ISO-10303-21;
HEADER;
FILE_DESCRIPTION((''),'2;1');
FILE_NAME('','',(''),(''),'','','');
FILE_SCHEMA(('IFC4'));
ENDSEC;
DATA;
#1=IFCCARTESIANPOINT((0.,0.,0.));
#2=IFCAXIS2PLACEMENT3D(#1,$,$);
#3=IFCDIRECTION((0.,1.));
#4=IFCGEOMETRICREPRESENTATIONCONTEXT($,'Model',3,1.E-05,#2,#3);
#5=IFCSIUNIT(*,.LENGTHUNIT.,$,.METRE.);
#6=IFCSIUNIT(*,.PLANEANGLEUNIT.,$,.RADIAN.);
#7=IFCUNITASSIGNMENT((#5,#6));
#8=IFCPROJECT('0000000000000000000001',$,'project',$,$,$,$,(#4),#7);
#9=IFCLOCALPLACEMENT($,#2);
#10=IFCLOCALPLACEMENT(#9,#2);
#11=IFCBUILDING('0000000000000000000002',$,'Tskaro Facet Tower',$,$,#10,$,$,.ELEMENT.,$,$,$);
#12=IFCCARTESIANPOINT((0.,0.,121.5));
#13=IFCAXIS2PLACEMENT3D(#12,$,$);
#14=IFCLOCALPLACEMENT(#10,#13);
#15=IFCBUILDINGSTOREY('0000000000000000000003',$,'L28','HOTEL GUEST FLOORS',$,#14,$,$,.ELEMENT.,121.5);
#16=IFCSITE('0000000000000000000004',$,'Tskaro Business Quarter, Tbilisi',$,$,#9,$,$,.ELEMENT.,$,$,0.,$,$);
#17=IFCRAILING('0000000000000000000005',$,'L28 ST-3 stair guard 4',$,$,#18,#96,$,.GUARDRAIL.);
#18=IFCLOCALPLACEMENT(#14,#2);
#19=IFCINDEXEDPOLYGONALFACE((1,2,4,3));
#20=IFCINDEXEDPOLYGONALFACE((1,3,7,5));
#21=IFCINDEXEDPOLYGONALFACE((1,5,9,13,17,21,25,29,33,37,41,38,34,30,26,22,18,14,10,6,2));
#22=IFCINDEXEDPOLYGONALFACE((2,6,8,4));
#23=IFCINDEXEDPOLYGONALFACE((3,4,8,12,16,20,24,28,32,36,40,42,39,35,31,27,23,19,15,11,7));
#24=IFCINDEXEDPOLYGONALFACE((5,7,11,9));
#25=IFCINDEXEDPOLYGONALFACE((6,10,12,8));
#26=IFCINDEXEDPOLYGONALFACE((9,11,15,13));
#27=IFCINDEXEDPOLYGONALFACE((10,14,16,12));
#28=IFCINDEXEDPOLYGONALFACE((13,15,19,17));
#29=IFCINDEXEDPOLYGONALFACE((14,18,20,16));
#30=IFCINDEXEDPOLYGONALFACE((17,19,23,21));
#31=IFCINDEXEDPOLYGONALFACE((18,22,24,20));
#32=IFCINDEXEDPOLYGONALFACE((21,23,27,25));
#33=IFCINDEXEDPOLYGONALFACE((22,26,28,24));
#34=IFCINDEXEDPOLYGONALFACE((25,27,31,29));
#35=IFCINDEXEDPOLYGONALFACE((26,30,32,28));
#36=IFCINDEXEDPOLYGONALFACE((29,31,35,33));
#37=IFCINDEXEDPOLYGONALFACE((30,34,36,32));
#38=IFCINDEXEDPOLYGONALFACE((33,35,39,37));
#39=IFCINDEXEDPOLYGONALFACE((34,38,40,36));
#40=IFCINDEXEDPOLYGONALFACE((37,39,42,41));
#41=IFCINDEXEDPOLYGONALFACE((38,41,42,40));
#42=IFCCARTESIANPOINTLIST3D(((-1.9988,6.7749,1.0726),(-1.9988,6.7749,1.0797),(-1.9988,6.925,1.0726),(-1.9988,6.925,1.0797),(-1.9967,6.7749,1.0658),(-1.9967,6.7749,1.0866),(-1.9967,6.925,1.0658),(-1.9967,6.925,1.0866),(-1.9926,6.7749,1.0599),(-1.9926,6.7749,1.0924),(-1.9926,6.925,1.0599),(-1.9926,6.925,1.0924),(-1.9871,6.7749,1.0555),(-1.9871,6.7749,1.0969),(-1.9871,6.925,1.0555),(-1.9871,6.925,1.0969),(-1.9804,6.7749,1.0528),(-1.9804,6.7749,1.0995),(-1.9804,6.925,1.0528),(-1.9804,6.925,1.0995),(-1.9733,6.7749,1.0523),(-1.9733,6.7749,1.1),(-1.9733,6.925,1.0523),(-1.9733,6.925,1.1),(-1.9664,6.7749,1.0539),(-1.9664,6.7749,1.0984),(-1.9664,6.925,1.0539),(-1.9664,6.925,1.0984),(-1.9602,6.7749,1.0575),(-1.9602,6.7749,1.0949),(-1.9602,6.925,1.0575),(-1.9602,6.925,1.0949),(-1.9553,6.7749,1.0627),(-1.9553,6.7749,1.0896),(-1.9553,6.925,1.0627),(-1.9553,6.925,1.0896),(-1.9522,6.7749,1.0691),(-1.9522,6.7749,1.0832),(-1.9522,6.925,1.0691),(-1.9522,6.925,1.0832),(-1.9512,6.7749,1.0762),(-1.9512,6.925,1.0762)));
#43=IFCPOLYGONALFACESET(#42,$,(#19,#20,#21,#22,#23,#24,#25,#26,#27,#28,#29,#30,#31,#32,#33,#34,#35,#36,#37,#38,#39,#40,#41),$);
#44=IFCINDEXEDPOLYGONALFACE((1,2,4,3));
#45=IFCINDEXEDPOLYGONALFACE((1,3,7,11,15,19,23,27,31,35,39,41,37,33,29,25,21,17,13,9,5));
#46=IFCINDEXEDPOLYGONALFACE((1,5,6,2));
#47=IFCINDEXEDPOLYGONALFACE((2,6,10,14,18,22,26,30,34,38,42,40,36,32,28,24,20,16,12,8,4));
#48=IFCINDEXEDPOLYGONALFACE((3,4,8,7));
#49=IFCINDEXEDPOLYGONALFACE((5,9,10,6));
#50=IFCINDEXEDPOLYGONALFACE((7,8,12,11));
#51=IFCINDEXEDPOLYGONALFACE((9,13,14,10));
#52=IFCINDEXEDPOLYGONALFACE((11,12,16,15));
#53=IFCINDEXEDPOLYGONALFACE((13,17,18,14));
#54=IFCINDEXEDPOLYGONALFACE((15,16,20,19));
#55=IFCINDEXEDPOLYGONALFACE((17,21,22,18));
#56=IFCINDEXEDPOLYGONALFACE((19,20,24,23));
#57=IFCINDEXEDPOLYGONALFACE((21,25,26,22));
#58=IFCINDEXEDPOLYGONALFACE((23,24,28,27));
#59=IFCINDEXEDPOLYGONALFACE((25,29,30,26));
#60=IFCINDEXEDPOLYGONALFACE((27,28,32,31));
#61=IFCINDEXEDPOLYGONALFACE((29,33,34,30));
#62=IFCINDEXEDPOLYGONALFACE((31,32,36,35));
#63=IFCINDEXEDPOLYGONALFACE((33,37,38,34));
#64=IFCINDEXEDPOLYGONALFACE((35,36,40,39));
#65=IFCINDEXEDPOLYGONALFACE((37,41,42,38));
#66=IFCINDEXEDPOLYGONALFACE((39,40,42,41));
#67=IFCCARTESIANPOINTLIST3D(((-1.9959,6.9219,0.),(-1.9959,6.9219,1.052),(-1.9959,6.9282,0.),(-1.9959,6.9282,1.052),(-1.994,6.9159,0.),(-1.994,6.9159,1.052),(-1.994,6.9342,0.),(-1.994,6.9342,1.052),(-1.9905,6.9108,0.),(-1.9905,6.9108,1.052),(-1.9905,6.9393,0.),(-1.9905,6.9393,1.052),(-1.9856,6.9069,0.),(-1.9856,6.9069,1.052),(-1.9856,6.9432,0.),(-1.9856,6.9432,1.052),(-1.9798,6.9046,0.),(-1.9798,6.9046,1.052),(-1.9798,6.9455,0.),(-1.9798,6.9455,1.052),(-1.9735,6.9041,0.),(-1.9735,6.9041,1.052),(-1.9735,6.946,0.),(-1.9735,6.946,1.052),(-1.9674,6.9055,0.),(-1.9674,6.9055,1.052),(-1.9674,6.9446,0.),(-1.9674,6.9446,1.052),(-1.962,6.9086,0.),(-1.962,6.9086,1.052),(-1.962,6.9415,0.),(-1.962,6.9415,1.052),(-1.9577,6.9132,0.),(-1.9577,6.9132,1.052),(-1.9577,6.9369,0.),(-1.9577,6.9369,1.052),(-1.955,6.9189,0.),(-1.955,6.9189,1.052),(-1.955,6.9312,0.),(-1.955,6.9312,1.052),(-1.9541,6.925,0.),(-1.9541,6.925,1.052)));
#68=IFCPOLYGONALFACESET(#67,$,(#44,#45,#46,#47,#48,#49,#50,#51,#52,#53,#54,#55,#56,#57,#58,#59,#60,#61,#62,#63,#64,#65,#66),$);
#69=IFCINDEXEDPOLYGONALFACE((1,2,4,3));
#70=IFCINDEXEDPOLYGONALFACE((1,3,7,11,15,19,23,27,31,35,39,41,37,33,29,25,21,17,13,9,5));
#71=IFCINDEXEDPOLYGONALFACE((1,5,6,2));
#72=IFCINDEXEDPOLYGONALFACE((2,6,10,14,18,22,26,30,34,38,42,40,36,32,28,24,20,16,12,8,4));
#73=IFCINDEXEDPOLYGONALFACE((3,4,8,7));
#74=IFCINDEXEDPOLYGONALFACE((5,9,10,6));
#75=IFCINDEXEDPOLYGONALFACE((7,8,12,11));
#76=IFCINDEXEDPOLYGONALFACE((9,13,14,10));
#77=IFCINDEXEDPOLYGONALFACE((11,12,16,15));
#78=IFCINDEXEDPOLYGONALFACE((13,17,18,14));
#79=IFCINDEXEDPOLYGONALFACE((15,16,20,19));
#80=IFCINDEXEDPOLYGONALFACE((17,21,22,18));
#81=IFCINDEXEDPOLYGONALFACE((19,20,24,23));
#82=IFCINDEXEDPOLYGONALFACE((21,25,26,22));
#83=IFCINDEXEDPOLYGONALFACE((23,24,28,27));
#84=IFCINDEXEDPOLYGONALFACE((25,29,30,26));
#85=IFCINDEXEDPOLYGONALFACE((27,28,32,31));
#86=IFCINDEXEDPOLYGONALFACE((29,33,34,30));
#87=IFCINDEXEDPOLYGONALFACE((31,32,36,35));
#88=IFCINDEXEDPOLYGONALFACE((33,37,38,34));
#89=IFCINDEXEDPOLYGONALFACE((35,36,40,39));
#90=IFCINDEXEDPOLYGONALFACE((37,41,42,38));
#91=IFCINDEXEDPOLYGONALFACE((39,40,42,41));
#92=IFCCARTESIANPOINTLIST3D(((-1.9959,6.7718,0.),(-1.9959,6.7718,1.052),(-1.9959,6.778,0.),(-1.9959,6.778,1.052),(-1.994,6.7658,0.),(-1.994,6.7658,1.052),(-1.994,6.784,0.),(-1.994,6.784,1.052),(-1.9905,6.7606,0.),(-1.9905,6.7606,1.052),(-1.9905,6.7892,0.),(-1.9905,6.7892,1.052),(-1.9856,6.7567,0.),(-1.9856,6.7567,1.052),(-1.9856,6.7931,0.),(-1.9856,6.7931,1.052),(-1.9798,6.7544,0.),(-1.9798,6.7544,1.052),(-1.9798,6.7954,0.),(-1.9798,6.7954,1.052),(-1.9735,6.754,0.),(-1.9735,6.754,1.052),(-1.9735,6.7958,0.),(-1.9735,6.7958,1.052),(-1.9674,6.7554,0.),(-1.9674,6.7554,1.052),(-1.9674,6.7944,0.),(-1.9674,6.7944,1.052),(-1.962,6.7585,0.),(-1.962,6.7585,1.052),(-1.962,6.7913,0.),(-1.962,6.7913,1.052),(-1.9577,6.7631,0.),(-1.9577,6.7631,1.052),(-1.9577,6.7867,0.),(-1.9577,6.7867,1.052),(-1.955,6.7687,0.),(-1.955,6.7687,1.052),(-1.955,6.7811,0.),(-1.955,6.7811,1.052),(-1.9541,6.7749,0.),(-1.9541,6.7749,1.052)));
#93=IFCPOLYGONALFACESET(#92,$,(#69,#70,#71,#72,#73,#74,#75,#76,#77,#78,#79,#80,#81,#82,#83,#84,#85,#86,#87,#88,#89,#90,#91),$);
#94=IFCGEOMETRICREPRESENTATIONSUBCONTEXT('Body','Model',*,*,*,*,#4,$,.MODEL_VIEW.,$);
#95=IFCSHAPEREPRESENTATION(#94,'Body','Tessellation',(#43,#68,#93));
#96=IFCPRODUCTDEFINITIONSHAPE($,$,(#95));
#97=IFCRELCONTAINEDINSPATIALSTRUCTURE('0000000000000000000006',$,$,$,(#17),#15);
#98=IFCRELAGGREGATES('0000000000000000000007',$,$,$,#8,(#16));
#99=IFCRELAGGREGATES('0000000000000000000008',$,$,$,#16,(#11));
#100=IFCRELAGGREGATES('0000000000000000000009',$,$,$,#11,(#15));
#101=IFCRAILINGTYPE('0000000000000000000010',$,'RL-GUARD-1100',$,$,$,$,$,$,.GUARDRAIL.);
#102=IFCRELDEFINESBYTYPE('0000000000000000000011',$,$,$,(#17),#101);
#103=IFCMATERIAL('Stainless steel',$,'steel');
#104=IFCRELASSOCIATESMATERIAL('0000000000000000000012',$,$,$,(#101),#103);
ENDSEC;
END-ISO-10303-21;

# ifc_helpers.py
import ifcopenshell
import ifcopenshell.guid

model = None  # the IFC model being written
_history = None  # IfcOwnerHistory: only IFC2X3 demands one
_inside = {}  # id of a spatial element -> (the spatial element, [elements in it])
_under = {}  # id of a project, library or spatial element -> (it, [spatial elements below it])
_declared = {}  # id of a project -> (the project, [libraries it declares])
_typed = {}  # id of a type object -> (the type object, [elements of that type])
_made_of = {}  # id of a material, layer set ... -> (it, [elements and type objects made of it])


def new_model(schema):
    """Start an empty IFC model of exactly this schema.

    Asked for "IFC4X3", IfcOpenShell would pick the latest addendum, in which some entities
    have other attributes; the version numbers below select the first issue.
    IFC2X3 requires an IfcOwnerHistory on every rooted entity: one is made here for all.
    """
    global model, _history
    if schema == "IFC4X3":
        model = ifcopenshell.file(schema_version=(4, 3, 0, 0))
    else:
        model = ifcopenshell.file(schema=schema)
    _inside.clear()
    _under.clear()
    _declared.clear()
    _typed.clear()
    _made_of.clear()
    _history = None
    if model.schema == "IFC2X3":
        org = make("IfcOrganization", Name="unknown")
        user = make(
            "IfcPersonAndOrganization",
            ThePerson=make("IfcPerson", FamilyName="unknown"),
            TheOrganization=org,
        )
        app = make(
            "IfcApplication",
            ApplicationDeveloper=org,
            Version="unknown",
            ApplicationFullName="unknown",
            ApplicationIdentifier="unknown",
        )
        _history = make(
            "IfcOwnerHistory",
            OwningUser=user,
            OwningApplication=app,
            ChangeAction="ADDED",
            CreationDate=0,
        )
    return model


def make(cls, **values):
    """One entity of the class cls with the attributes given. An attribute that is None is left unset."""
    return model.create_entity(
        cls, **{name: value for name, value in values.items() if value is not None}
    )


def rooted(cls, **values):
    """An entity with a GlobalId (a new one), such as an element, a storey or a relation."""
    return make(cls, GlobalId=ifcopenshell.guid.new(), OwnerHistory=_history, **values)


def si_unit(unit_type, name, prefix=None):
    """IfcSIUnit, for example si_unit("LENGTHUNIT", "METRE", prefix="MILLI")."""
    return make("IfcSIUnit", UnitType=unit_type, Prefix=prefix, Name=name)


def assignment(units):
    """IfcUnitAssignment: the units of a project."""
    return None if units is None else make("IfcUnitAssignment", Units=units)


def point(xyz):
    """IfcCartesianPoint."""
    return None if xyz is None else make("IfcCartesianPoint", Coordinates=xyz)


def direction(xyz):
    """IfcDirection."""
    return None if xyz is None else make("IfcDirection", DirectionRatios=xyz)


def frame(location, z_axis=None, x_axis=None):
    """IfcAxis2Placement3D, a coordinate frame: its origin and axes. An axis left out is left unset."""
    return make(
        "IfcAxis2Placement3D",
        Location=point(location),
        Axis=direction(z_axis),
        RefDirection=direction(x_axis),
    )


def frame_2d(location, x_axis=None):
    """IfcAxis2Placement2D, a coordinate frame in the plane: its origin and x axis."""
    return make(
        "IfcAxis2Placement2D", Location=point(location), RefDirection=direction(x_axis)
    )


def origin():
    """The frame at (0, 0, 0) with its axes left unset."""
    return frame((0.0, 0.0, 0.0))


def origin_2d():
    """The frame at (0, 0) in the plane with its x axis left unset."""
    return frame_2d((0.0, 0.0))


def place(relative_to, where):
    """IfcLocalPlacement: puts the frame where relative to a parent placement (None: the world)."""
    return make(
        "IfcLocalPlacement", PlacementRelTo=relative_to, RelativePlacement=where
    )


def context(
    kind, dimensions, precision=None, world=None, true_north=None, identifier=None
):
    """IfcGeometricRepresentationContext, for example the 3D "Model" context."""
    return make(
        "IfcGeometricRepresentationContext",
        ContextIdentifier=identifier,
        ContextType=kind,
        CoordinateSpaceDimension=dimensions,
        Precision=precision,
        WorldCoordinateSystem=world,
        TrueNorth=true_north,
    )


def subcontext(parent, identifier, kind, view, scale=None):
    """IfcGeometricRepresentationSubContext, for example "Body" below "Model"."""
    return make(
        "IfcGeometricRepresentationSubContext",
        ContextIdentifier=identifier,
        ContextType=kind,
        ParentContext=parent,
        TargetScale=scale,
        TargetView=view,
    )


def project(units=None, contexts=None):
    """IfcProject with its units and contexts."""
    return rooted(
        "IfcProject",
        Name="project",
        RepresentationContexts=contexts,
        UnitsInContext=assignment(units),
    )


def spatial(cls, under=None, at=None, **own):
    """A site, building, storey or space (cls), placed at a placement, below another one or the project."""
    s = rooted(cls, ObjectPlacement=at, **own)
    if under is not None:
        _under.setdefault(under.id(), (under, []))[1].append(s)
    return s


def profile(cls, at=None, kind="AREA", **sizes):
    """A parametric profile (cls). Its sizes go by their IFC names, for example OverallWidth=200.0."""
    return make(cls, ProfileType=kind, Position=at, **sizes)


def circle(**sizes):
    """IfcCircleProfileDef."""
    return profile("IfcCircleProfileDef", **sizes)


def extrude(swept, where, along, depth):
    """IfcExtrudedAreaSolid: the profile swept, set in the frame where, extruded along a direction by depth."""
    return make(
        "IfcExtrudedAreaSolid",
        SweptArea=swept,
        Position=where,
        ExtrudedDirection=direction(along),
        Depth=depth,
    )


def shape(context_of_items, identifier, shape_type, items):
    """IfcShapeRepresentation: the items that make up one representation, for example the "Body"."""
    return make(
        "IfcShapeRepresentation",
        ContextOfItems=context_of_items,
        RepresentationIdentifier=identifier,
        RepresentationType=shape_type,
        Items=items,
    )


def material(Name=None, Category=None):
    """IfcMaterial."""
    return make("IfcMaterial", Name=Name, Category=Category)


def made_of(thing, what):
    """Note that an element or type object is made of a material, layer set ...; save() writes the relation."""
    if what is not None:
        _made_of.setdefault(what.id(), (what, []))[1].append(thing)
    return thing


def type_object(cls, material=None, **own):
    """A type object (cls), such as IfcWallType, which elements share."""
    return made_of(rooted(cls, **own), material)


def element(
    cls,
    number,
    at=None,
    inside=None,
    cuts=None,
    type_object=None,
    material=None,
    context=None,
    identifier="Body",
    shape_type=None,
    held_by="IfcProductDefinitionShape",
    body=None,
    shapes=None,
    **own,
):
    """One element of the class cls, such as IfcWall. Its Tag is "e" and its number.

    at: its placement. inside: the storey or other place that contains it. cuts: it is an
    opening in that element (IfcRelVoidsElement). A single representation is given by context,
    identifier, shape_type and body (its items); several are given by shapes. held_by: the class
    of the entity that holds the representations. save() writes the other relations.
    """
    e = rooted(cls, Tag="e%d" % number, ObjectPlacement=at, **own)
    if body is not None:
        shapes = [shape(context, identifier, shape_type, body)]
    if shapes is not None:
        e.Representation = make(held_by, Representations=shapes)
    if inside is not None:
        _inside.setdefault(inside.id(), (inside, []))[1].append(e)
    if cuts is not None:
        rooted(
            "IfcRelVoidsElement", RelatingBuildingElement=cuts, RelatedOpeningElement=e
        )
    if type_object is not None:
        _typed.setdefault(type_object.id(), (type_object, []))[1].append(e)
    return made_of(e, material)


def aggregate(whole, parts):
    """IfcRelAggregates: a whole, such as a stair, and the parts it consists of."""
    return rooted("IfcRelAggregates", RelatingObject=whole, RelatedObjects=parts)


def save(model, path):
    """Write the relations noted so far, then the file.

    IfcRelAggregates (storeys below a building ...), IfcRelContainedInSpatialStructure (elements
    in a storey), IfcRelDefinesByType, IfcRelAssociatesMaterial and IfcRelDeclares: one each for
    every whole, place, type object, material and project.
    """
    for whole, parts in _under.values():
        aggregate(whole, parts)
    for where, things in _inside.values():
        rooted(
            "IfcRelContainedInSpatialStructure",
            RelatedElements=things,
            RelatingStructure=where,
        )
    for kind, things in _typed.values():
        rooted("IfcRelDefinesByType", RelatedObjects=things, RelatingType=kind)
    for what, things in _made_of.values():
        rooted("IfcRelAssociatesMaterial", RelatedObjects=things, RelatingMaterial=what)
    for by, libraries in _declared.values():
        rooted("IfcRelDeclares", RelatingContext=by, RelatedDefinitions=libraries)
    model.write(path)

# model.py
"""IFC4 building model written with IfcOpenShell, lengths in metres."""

from ifc_helpers import new_model, si_unit, direction, frame, origin, origin_2d, place, context, subcontext, project, spatial, circle, extrude, material, type_object, element, save


model = new_model("IFC4")

# Units and contexts
model_context = context("Model", 3, precision=1e-05, world=origin(), true_north=direction((0.0, 1.0)))
body_context = subcontext(model_context, "Body", "Model", "MODEL_VIEW")
ifc_project = project(units=[si_unit("LENGTHUNIT", "METRE"), si_unit("PLANEANGLEUNIT", "RADIAN")], contexts=[model_context])

# Site, building, storey
site_placement = place(None, origin())
site = spatial("IfcSite", under=ifc_project, at=site_placement, Name="Tskaro Business Quarter, Tbilisi", CompositionType="ELEMENT", RefElevation=0.0)
building_placement = place(site_placement, origin())
building = spatial("IfcBuilding", under=site, at=building_placement, Name="Tskaro Facet Tower", CompositionType="ELEMENT")
storey_placement = place(building_placement, frame((0.0, 0.0, 121.5)))
storey = spatial("IfcBuildingStorey", under=building, at=storey_placement, Name="L28", Description="HOTEL GUEST FLOORS", CompositionType="ELEMENT", Elevation=121.5)

# Railing
ifc_material_1 = material(Name="Stainless steel", Category="steel")
railing_type_1 = type_object("IfcRailingType", Name="RL-GUARD-1100", PredefinedType="GUARDRAIL", material=ifc_material_1)
railing_1_placement = place(storey_placement, frame((-1.9751, 6.925, 0.0)))
element("IfcRailing", 1, at=railing_1_placement, inside=storey, type_object=railing_type_1, Name="L28 ST-3 stair guard 4", PredefinedType="GUARDRAIL", context=body_context, shape_type="SweptSolid", body=[
    extrude(circle(Radius=0.0239, at=origin_2d()), frame((0.0, 0.0, 1.0762), z_axis=(0.0, -1.0, 0.0), x_axis=(1.0, 0.0, 0.0)), (0.0, 0.0, 1.0), 0.1501),
    extrude(circle(Radius=0.021, at=origin_2d()), origin(), (0.0, 0.0, 1.0), 1.052),
    extrude(circle(Radius=0.021, at=origin_2d()), frame((0.0, -0.1501, 0.0)), (0.0, 0.0, 1.0), 1.052),
])

save(model, "model.ifc")
